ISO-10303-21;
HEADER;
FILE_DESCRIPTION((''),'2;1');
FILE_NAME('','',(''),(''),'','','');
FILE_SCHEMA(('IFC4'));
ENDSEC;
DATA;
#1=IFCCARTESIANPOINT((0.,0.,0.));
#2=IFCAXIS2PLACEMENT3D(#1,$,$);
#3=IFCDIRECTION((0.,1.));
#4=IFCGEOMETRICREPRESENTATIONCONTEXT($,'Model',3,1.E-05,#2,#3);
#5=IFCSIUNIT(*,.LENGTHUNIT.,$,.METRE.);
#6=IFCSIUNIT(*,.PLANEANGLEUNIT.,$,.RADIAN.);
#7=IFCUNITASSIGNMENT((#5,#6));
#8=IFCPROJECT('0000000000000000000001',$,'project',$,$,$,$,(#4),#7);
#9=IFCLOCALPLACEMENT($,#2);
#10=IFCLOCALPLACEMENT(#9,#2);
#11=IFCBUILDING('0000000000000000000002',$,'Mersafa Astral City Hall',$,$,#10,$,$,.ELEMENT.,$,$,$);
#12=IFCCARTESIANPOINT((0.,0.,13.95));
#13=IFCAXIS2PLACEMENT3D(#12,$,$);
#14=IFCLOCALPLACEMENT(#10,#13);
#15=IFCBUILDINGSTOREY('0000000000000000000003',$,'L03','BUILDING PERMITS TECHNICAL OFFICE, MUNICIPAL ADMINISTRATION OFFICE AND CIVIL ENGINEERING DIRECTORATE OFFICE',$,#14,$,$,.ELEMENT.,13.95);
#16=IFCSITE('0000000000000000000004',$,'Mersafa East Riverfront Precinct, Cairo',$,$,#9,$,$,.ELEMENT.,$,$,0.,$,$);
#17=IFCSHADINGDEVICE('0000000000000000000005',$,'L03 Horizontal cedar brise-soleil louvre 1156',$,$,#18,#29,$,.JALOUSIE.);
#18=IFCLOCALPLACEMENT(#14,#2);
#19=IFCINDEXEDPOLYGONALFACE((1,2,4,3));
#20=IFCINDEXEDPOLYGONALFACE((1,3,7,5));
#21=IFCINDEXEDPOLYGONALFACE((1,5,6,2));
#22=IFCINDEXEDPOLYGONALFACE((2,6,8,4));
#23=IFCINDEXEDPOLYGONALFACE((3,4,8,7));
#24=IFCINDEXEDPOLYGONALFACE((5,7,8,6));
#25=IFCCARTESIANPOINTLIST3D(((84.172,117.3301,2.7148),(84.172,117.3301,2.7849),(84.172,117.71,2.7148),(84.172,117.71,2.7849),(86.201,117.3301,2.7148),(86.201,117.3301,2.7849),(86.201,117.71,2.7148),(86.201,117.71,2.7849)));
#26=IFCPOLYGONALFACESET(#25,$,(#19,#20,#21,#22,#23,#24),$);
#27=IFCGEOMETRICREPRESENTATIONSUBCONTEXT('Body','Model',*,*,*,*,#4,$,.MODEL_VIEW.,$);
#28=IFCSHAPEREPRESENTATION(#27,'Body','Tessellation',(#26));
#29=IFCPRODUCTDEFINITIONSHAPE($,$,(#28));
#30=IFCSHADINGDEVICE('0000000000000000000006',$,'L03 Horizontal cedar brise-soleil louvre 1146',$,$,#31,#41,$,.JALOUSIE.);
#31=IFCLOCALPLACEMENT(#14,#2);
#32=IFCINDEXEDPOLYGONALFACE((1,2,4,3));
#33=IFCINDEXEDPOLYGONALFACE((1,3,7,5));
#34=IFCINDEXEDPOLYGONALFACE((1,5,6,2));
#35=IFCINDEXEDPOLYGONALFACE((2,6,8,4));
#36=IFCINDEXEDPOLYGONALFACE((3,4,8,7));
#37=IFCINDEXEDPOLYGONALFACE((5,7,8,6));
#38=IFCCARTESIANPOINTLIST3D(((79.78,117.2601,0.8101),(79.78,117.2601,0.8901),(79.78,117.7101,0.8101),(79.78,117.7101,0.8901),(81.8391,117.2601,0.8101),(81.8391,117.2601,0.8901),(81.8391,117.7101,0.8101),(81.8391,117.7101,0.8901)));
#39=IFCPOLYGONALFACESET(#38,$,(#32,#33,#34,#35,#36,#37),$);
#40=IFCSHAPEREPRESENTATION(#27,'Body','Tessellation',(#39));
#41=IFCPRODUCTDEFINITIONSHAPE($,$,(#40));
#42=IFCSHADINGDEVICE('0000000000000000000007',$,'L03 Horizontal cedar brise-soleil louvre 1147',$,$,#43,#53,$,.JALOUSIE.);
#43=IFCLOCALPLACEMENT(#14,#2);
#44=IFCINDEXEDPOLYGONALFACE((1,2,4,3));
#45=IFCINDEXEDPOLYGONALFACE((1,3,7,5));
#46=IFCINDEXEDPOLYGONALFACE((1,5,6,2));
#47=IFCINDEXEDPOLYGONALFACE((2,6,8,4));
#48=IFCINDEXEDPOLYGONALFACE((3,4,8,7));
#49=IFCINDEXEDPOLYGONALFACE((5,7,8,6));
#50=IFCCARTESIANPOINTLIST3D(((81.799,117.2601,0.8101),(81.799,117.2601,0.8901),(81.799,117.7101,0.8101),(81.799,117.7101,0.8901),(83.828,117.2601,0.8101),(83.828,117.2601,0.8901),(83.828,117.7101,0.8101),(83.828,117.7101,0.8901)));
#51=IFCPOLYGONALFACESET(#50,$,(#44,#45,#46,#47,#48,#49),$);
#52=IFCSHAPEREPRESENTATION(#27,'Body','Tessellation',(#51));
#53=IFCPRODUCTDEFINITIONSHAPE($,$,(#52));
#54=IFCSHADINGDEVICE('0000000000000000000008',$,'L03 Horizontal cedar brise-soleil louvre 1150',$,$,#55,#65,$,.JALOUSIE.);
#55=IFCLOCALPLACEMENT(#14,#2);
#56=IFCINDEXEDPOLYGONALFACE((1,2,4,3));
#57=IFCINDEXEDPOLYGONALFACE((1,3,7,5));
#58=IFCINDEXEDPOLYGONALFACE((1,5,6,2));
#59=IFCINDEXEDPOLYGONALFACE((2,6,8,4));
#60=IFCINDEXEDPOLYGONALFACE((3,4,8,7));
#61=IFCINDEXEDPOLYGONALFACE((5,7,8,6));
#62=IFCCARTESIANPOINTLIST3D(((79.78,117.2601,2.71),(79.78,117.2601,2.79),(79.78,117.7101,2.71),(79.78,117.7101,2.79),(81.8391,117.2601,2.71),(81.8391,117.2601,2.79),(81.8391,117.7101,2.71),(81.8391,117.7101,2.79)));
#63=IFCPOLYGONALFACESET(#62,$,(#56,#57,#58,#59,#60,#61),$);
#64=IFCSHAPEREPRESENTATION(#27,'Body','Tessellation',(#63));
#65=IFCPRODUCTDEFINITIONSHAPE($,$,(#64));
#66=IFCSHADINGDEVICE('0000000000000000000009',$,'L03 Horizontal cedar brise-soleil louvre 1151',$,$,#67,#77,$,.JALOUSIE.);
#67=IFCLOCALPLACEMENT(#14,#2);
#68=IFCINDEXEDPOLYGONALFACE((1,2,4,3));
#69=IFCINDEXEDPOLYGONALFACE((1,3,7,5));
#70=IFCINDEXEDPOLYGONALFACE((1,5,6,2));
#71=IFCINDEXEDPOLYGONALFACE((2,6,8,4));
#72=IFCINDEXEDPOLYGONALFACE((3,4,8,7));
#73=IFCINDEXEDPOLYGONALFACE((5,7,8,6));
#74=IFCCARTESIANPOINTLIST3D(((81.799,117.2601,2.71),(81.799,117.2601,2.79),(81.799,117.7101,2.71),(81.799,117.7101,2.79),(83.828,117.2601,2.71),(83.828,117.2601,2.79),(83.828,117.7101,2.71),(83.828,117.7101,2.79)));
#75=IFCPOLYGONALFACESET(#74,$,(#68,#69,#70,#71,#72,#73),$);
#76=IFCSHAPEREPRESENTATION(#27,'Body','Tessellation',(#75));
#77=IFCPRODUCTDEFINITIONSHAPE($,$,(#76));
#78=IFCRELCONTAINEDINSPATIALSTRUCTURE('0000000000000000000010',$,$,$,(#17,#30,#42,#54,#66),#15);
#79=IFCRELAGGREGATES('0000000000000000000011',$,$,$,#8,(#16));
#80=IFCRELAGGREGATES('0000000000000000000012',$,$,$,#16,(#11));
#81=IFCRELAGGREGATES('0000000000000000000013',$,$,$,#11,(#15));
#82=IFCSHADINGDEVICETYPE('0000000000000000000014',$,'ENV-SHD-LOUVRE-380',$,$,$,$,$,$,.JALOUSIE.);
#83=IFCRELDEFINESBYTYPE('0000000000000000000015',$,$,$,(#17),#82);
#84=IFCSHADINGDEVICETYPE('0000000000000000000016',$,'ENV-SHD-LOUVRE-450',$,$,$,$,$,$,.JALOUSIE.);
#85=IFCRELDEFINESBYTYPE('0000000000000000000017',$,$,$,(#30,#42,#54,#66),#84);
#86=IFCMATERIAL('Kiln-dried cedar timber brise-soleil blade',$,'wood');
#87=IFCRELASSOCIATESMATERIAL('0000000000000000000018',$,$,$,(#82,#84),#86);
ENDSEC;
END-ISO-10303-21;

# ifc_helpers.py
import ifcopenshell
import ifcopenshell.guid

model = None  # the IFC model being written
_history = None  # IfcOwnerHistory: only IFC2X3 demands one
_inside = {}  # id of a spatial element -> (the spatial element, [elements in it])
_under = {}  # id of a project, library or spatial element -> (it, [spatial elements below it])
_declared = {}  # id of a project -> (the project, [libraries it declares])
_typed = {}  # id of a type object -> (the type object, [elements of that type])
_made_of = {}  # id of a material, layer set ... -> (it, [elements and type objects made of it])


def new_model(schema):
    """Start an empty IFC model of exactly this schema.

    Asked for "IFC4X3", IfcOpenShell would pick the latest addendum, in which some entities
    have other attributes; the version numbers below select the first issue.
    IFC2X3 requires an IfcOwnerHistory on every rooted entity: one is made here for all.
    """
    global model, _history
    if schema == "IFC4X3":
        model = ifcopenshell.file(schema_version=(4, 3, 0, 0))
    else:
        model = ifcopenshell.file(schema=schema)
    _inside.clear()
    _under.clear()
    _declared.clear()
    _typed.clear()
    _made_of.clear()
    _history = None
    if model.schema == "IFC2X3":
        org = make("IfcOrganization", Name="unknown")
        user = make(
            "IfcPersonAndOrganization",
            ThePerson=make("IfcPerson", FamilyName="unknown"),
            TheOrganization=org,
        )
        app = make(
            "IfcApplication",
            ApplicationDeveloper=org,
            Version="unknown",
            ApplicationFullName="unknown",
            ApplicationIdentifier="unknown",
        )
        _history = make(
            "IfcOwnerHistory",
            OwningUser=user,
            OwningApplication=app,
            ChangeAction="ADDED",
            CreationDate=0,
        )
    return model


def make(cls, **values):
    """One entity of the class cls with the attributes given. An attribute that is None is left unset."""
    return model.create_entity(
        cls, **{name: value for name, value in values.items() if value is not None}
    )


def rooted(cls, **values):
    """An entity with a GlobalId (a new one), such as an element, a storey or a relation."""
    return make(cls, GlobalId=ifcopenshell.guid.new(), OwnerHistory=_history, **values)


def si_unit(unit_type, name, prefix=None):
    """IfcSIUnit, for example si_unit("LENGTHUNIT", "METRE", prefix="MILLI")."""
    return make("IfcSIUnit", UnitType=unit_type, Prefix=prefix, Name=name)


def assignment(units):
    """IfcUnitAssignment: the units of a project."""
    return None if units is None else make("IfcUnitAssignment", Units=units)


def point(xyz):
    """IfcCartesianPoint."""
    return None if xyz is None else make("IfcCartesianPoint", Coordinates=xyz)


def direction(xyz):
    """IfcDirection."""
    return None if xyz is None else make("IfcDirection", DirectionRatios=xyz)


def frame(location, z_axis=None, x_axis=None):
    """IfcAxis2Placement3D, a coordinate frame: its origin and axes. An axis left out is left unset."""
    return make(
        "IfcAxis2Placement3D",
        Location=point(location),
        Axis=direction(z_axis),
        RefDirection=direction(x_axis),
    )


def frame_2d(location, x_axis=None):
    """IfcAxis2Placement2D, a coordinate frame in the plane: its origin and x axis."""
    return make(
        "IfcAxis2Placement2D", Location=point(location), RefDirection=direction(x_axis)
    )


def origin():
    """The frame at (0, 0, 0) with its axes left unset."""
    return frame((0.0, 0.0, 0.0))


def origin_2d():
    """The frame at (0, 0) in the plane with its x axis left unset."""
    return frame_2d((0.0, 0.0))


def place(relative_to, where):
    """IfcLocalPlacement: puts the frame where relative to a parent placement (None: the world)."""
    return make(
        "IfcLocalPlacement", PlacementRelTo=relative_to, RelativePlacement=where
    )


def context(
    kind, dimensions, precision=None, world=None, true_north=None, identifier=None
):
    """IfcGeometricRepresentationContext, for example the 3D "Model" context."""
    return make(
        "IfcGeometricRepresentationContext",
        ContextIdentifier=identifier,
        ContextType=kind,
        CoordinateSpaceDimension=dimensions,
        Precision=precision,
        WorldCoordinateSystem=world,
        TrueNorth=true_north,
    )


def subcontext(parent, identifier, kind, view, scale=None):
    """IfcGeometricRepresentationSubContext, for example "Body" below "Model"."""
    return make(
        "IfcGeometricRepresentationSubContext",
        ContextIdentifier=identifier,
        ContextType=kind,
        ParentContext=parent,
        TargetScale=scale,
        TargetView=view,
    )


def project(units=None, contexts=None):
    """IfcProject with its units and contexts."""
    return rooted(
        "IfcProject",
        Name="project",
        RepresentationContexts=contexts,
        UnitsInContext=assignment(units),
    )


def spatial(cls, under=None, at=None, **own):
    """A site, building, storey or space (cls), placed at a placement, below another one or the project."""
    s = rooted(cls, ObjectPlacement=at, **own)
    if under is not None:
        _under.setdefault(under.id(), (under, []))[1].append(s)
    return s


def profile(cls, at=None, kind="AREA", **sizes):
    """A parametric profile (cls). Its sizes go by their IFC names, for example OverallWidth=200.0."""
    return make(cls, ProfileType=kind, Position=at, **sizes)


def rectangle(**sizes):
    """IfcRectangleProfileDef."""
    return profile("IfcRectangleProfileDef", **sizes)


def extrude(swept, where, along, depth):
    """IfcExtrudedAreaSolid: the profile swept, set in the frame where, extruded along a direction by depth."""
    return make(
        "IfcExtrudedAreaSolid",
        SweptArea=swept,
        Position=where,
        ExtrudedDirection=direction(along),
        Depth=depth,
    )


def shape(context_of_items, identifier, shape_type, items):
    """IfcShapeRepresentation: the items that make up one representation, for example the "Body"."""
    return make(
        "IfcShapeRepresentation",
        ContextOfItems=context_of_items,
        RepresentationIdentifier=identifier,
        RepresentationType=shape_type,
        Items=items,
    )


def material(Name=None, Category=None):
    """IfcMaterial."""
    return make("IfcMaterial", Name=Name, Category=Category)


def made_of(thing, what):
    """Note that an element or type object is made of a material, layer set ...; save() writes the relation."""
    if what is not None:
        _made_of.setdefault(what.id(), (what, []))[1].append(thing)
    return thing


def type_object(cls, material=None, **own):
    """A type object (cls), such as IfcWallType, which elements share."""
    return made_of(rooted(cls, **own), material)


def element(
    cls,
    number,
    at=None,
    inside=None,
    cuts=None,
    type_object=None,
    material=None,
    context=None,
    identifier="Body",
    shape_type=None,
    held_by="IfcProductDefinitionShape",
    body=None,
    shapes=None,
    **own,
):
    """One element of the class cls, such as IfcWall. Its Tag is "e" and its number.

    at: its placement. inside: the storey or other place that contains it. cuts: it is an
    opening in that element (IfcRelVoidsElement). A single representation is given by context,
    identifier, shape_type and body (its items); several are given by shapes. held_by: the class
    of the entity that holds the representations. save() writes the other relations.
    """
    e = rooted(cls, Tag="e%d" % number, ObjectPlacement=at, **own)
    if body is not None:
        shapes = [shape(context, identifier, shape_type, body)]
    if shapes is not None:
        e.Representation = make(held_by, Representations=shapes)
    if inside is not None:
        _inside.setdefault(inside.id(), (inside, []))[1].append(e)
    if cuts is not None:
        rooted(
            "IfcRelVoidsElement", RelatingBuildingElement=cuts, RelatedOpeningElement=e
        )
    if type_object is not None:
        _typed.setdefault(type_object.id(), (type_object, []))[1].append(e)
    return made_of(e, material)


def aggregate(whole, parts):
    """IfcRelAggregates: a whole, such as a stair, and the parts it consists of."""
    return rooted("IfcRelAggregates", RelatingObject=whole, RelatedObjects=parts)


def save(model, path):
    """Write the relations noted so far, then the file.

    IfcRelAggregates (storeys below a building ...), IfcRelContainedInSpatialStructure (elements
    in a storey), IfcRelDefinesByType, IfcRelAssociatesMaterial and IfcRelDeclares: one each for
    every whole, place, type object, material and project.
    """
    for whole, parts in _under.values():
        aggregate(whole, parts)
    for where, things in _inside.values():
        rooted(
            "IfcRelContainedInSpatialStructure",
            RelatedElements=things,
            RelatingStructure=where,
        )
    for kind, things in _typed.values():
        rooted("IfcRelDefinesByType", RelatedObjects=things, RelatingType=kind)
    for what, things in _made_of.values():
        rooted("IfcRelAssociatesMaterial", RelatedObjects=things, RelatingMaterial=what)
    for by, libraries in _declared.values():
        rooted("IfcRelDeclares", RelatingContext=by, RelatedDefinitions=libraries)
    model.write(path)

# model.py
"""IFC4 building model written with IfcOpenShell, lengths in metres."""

from ifc_helpers import new_model, si_unit, direction, frame, origin, origin_2d, place, context, subcontext, project, spatial, rectangle, extrude, material, type_object, element, save


model = new_model("IFC4")

# Units and contexts
model_context = context("Model", 3, precision=1e-05, world=origin(), true_north=direction((0.0, 1.0)))
body_context = subcontext(model_context, "Body", "Model", "MODEL_VIEW")
ifc_project = project(units=[si_unit("LENGTHUNIT", "METRE"), si_unit("PLANEANGLEUNIT", "RADIAN")], contexts=[model_context])

# Site, building, storey
site_placement = place(None, origin())
site = spatial("IfcSite", under=ifc_project, at=site_placement, Name="Mersafa East Riverfront Precinct, Cairo", CompositionType="ELEMENT", RefElevation=0.0)
building_placement = place(site_placement, origin())
building = spatial("IfcBuilding", under=site, at=building_placement, Name="Mersafa Astral City Hall", CompositionType="ELEMENT")
storey_placement = place(building_placement, frame((0.0, 0.0, 13.95)))
storey = spatial("IfcBuildingStorey", under=building, at=storey_placement, Name="L03", Description="BUILDING PERMITS TECHNICAL OFFICE, MUNICIPAL ADMINISTRATION OFFICE AND CIVIL ENGINEERING DIRECTORATE OFFICE", CompositionType="ELEMENT", Elevation=13.95)

# Shading devices
ifc_material_1 = material(Name="Kiln-dried cedar timber brise-soleil blade", Category="wood")
shading_device_type_1 = type_object("IfcShadingDeviceType", Name="ENV-SHD-LOUVRE-380", PredefinedType="JALOUSIE", material=ifc_material_1)
for number, where, z_axis, x_axis, name in (
    (1, (85.1865, 117.52, 2.7148), (0.0, 0.0, 1.0), (1.0, 0.0, 0.0), "L03 Horizontal cedar brise-soleil louvre 1156"),
):
    element("IfcShadingDevice", number, at=place(storey_placement, frame(where, z_axis=z_axis, x_axis=x_axis)), inside=storey, type_object=shading_device_type_1, Name=name, PredefinedType="JALOUSIE", context=body_context, shape_type="SweptSolid", body=[
        extrude(rectangle(XDim=2.0291, YDim=0.3799, at=origin_2d()), origin(), (0.0, 0.0, 1.0), 0.0701),
    ])
shading_device_type_2 = type_object("IfcShadingDeviceType", Name="ENV-SHD-LOUVRE-450", PredefinedType="JALOUSIE", material=ifc_material_1)
shading_device_1_placement = place(storey_placement, frame((80.8096, 117.4851, 0.8101), z_axis=(0.0, 0.0, 1.0), x_axis=(1.0, 0.0, 0.0)))
element("IfcShadingDevice", 2, at=shading_device_1_placement, inside=storey, type_object=shading_device_type_2, Name="L03 Horizontal cedar brise-soleil louvre 1146", PredefinedType="JALOUSIE", context=body_context, shape_type="SweptSolid", body=[
    extrude(rectangle(XDim=2.0591, YDim=0.45, at=origin_2d()), origin(), (0.0, 0.0, 1.0), 0.0801),
])
shading_device_2_placement = place(storey_placement, frame((82.8135, 117.4851, 0.8101), z_axis=(0.0, 0.0, 1.0), x_axis=(1.0, 0.0, 0.0)))
element("IfcShadingDevice", 3, at=shading_device_2_placement, inside=storey, type_object=shading_device_type_2, Name="L03 Horizontal cedar brise-soleil louvre 1147", PredefinedType="JALOUSIE", context=body_context, shape_type="SweptSolid", body=[
    extrude(rectangle(XDim=2.0291, YDim=0.45, at=origin_2d()), origin(), (0.0, 0.0, 1.0), 0.0801),
])
shading_device_3_placement = place(storey_placement, frame((80.8096, 117.4851, 2.71), z_axis=(0.0, 0.0, 1.0), x_axis=(1.0, 0.0, 0.0)))
element("IfcShadingDevice", 4, at=shading_device_3_placement, inside=storey, type_object=shading_device_type_2, Name="L03 Horizontal cedar brise-soleil louvre 1150", PredefinedType="JALOUSIE", context=body_context, shape_type="SweptSolid", body=[
    extrude(rectangle(XDim=2.0591, YDim=0.45, at=origin_2d()), origin(), (0.0, 0.0, 1.0), 0.0801),
])
shading_device_4_placement = place(storey_placement, frame((82.8135, 117.4851, 2.71), z_axis=(0.0, 0.0, 1.0), x_axis=(1.0, 0.0, 0.0)))
element("IfcShadingDevice", 5, at=shading_device_4_placement, inside=storey, type_object=shading_device_type_2, Name="L03 Horizontal cedar brise-soleil louvre 1151", PredefinedType="JALOUSIE", context=body_context, shape_type="SweptSolid", body=[
    extrude(rectangle(XDim=2.0291, YDim=0.45, at=origin_2d()), origin(), (0.0, 0.0, 1.0), 0.0801),
])

save(model, "model.ifc")
